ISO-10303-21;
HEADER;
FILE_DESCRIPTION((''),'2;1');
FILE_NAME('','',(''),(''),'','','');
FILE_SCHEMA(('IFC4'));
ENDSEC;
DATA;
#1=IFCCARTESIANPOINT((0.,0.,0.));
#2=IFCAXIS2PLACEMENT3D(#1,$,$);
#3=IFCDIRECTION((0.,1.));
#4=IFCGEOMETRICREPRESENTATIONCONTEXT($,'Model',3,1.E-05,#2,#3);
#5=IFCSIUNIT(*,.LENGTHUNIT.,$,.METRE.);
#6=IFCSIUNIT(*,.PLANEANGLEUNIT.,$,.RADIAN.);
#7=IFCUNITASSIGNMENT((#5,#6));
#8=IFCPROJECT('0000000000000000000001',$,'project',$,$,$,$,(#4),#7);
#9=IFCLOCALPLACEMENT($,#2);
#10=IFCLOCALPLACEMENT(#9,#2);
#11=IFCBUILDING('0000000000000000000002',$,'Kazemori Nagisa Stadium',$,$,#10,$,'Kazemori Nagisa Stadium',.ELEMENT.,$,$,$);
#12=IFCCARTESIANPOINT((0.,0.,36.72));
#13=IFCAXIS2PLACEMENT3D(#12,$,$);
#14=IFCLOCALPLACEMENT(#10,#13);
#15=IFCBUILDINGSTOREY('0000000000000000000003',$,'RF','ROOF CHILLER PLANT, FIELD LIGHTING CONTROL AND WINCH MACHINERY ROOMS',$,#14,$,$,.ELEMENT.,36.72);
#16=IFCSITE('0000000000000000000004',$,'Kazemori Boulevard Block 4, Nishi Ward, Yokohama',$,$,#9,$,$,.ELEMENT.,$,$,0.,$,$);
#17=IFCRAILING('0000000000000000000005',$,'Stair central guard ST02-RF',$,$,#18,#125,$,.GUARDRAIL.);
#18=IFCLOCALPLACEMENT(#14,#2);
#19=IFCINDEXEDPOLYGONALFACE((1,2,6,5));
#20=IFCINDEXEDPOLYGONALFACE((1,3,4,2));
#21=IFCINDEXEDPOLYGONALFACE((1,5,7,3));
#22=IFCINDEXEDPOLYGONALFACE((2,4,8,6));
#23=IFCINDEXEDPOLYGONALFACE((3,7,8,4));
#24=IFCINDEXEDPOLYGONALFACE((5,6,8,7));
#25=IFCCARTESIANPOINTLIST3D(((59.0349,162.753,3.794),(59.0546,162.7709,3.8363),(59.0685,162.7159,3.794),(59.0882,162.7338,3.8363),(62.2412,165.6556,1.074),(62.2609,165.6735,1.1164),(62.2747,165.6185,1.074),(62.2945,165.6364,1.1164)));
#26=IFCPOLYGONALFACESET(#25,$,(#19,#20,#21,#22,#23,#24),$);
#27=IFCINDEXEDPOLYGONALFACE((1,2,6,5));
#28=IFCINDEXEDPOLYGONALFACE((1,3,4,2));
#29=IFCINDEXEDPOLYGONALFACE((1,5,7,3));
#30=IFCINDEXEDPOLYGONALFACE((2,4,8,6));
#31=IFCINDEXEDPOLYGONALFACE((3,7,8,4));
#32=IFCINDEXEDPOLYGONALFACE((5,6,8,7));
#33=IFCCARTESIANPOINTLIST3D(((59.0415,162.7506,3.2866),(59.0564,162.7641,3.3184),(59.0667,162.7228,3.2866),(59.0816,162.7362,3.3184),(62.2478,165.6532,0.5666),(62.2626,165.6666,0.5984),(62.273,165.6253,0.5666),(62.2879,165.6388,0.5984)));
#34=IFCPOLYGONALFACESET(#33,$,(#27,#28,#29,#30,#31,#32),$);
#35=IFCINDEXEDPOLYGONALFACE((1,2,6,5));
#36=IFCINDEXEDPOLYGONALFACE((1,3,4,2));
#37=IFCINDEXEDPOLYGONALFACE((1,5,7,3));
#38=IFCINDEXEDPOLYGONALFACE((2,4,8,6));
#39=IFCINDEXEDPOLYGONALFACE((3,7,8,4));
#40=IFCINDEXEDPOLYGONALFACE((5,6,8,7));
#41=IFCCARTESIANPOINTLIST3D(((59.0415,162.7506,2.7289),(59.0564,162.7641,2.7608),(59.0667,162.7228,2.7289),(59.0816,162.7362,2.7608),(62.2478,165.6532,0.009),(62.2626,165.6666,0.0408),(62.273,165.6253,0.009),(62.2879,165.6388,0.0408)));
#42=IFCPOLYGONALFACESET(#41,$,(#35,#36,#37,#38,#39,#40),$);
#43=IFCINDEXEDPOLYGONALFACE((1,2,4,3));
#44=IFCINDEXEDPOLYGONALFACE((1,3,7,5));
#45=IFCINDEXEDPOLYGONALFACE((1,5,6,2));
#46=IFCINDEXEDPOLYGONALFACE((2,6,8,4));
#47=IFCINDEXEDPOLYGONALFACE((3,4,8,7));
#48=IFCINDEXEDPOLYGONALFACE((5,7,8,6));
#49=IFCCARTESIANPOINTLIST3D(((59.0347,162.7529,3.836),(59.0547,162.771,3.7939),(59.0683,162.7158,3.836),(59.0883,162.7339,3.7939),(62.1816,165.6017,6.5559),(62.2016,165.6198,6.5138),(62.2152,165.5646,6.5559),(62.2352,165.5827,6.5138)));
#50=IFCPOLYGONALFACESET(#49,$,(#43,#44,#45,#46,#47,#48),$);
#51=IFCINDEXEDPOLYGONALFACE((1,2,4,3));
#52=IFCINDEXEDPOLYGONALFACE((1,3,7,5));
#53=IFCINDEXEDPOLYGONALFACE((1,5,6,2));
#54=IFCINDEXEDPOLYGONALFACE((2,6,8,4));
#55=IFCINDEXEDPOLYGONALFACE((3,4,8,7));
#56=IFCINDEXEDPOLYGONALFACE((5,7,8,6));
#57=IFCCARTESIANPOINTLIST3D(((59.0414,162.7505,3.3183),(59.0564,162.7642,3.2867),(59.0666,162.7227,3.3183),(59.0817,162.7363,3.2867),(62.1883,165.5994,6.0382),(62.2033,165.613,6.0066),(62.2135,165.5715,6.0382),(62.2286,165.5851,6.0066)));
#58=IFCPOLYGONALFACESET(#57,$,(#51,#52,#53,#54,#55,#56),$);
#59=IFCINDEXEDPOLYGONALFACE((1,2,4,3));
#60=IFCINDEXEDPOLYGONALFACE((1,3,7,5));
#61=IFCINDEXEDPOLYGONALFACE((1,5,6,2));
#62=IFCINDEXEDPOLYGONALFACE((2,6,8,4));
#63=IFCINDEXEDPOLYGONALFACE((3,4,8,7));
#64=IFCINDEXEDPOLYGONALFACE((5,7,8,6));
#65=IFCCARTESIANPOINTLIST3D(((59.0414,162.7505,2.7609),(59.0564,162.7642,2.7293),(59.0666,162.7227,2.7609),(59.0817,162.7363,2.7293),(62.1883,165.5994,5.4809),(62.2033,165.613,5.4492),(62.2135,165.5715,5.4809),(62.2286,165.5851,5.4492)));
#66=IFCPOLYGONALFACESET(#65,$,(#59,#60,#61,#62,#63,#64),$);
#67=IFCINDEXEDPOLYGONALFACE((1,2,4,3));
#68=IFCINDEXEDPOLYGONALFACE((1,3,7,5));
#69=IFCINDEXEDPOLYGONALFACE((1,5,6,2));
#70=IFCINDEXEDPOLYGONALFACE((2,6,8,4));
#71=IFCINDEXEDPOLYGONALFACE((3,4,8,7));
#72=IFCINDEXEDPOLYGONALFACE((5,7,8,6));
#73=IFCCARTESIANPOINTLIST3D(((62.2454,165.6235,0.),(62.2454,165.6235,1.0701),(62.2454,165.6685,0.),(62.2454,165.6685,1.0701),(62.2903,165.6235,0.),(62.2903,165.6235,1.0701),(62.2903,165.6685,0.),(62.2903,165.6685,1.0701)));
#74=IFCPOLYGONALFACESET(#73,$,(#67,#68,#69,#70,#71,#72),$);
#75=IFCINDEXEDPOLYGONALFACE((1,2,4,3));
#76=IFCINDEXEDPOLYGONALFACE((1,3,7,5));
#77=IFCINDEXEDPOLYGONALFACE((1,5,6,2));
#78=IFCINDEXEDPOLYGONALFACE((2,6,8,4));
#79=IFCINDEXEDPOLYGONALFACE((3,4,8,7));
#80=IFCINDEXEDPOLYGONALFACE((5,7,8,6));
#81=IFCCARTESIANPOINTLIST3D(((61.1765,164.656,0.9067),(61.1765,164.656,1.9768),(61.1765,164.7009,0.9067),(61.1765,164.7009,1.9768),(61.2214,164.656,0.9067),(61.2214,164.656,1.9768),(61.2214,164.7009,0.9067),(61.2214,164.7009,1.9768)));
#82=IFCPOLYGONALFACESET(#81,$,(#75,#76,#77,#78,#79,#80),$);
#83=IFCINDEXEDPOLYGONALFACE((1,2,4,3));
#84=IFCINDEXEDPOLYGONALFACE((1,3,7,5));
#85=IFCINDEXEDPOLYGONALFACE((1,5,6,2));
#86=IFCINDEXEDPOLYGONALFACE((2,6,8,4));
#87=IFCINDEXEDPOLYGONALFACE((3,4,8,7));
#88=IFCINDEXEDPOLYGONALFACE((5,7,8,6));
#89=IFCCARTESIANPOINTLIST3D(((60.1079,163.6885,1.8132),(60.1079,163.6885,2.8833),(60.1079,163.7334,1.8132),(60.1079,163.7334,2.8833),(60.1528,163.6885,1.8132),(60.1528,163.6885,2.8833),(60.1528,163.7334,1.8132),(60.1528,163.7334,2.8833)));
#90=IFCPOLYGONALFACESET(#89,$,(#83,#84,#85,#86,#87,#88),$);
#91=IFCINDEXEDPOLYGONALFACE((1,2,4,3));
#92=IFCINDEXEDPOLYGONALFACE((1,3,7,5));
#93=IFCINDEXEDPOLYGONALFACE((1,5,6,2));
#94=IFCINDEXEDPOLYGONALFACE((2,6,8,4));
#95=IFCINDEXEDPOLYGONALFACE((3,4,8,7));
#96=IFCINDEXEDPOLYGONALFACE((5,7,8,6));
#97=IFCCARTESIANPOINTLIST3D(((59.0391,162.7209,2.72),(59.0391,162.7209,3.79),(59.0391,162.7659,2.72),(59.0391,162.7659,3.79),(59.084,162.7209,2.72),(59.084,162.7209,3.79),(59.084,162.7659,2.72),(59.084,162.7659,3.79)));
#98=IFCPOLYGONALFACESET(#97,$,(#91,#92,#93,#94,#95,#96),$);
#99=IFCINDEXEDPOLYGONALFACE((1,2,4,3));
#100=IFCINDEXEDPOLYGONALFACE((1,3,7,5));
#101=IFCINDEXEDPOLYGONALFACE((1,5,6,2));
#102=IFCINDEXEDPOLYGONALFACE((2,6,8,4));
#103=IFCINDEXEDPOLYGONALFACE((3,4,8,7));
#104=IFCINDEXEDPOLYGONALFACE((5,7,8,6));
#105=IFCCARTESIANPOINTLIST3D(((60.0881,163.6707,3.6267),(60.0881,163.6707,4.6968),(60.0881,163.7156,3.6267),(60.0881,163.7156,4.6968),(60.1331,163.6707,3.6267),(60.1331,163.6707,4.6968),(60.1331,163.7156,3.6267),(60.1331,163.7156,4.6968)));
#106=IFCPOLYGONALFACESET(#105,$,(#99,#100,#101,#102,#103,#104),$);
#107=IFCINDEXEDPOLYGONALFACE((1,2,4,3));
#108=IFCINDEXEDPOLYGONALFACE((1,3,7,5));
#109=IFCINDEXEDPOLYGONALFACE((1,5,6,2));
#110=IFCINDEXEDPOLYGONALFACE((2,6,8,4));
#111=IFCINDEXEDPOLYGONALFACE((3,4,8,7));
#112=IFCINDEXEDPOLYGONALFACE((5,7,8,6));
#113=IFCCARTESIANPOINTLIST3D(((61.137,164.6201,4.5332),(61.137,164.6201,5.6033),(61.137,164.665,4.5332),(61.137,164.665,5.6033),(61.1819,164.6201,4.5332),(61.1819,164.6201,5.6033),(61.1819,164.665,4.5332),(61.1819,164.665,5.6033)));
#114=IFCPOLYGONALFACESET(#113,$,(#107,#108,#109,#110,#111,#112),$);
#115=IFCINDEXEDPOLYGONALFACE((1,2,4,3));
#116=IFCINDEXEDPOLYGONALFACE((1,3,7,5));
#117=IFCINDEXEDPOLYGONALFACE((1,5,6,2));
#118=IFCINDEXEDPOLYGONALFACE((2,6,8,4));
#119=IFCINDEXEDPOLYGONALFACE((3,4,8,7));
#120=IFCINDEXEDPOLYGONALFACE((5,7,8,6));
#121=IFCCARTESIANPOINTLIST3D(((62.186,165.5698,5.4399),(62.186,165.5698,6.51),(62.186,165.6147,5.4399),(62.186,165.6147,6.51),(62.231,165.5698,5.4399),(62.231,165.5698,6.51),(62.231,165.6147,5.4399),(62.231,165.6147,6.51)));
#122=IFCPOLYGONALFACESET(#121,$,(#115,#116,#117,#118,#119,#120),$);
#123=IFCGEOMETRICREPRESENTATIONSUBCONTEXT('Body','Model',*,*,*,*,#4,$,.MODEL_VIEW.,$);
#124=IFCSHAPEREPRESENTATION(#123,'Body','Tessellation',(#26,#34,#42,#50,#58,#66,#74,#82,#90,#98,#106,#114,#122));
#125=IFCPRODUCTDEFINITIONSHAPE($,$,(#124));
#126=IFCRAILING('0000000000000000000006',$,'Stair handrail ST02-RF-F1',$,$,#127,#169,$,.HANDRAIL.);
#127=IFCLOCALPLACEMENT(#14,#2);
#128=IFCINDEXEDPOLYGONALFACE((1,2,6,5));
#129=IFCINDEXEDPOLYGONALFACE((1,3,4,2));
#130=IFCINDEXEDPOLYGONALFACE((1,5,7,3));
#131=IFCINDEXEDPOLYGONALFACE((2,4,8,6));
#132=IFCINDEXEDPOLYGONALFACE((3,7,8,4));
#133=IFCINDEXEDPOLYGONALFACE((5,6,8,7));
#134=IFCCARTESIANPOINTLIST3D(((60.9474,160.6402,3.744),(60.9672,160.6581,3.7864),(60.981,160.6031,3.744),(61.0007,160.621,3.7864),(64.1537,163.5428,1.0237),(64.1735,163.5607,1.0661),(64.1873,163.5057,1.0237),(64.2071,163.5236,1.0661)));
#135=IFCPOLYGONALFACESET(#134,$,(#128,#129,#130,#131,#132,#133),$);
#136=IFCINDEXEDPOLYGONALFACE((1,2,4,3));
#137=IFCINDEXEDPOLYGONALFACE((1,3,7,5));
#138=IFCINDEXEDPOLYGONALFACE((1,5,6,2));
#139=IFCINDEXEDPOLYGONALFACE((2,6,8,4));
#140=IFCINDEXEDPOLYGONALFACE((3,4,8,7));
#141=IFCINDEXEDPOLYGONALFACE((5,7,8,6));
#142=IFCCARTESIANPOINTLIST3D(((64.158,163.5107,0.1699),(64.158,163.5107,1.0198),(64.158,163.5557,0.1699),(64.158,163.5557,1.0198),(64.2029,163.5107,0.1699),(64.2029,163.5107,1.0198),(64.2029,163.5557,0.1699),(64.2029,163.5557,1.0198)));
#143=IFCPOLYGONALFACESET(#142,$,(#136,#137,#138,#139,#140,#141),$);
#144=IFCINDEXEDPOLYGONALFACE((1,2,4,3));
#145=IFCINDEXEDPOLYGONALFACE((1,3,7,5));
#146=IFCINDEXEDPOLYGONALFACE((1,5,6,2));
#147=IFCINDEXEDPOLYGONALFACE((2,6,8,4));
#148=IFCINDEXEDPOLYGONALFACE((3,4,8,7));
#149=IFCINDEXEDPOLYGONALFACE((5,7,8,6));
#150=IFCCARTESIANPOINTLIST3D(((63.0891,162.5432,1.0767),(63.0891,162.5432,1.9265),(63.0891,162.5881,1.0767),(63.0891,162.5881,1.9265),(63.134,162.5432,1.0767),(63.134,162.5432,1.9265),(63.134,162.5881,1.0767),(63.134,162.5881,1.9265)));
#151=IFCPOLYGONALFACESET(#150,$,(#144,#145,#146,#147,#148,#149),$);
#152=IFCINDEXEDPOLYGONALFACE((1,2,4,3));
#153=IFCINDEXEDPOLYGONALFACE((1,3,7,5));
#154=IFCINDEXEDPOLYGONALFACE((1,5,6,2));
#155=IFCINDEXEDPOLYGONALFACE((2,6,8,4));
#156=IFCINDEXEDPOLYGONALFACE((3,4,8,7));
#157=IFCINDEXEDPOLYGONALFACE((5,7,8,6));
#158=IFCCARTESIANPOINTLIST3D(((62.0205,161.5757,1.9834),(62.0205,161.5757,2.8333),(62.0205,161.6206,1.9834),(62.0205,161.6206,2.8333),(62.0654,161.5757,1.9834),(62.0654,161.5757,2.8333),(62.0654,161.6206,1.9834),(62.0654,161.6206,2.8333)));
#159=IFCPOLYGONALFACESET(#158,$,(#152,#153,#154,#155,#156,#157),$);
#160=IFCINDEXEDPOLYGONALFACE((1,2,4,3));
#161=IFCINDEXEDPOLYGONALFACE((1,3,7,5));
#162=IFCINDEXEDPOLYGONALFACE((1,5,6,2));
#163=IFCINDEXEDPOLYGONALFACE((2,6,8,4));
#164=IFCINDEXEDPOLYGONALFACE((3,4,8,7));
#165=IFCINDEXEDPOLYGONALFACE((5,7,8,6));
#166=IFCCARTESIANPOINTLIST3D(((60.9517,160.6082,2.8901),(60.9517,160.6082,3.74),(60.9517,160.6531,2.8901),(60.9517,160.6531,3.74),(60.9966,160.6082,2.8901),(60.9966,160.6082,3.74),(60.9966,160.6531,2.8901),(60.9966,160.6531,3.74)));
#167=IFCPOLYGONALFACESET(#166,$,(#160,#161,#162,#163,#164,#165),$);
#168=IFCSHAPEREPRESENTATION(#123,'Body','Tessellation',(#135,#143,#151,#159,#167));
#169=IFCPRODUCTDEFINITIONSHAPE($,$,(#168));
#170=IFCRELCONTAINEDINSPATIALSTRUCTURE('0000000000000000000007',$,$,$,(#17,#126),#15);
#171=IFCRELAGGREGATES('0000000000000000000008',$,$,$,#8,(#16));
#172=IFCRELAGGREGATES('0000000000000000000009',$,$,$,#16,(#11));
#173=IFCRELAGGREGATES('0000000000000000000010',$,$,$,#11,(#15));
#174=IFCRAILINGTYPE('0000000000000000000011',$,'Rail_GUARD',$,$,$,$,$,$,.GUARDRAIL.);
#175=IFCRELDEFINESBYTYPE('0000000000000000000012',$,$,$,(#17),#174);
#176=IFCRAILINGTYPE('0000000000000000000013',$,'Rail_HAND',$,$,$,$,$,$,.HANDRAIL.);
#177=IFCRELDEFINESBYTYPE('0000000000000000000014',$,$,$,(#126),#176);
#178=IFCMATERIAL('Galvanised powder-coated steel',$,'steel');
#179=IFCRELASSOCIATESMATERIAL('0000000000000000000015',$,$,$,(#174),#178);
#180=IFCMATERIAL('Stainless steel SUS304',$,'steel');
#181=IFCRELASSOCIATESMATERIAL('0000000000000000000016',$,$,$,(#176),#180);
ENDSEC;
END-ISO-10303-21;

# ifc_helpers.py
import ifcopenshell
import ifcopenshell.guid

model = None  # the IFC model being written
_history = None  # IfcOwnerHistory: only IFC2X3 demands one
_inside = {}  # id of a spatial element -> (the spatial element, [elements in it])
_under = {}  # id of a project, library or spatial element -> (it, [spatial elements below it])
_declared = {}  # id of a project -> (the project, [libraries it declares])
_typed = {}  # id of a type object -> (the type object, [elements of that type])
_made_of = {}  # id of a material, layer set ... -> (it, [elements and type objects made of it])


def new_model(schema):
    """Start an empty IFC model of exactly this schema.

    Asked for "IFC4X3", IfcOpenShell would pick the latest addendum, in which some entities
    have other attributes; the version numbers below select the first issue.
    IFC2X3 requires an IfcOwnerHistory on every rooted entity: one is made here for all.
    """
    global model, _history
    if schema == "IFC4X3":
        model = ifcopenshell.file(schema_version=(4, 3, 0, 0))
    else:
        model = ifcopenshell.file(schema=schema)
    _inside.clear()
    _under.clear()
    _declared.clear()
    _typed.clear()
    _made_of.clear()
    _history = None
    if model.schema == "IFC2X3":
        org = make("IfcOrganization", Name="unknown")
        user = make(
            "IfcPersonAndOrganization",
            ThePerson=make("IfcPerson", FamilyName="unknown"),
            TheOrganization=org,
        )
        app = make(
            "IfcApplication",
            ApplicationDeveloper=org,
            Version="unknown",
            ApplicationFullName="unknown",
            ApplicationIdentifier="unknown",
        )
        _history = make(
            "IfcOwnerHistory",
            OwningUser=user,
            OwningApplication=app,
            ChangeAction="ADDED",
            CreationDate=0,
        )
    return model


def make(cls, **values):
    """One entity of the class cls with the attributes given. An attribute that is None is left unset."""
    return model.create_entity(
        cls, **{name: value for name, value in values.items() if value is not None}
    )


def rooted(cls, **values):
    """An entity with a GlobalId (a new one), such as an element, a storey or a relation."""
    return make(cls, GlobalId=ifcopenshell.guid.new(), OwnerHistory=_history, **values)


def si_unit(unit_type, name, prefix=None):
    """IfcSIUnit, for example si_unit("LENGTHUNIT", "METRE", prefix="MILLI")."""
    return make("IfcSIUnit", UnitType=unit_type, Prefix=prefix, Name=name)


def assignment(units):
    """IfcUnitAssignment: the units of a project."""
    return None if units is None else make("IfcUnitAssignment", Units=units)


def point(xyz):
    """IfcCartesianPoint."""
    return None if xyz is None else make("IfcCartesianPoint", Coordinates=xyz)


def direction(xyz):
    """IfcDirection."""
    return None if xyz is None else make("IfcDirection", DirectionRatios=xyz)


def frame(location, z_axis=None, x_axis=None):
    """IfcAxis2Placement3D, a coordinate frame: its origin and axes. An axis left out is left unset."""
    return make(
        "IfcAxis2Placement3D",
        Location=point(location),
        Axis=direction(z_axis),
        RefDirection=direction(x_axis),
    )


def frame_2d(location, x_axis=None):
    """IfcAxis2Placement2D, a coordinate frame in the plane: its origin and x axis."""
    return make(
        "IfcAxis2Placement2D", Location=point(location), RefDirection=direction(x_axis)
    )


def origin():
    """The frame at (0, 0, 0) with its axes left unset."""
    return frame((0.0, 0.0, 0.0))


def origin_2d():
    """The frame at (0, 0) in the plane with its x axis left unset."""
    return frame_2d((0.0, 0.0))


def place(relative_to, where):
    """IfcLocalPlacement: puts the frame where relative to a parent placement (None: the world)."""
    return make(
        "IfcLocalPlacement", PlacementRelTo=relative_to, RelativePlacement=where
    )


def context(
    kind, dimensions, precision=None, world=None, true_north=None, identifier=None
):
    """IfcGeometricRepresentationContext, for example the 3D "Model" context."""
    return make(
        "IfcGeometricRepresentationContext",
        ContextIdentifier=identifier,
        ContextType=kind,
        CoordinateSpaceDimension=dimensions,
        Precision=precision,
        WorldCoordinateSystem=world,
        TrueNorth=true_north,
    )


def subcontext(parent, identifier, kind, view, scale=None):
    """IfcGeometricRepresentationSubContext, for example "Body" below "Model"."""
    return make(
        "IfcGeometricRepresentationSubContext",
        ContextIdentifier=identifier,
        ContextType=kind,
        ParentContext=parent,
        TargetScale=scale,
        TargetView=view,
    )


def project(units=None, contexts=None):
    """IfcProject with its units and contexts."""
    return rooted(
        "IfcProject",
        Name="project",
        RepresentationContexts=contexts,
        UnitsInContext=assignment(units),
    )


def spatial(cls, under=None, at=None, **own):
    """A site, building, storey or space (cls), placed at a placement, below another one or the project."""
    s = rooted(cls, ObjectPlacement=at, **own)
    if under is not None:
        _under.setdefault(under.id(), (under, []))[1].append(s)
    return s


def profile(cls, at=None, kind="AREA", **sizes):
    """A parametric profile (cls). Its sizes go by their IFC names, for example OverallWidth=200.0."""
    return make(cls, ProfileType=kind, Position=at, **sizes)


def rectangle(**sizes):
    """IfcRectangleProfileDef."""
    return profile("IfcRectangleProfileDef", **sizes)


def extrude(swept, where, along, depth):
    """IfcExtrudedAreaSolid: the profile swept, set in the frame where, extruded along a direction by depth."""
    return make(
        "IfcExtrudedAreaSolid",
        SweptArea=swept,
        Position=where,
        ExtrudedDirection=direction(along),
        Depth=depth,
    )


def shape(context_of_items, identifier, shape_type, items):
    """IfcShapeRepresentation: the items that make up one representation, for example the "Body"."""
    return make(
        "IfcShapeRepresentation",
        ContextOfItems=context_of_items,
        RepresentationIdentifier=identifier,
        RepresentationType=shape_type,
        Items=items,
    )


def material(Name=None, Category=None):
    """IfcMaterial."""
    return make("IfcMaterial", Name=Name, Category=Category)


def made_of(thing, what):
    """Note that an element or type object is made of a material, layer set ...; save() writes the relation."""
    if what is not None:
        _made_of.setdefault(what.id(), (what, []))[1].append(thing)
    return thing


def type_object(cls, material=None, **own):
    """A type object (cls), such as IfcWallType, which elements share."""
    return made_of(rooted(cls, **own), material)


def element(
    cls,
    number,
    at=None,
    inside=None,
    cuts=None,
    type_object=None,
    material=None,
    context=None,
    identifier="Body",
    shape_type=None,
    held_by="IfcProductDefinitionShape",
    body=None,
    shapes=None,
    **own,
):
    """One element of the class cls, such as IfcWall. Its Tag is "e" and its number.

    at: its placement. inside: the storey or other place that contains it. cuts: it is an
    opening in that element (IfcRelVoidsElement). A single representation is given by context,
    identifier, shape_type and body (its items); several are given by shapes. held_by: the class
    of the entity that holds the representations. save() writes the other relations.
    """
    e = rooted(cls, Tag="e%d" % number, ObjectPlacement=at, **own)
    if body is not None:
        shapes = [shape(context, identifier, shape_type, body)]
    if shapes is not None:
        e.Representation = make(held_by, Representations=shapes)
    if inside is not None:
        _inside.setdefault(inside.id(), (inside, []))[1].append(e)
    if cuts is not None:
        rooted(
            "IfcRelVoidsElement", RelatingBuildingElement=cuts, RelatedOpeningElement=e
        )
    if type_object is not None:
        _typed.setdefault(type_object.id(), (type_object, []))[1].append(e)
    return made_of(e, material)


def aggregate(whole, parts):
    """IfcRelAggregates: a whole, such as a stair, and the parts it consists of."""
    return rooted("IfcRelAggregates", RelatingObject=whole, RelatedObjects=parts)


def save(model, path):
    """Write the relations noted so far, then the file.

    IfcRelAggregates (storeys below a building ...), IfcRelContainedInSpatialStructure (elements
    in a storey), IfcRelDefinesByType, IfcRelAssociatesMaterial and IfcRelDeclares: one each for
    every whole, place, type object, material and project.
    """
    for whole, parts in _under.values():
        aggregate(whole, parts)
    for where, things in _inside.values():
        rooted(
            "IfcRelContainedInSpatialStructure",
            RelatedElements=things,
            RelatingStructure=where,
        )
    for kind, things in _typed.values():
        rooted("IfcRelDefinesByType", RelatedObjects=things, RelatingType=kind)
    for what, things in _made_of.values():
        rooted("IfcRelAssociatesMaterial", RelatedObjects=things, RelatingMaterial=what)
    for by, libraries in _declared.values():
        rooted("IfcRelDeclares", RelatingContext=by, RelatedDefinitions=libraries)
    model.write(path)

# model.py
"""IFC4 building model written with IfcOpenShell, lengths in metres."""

from ifc_helpers import new_model, si_unit, direction, frame, origin, origin_2d, place, context, subcontext, project, spatial, rectangle, extrude, material, type_object, element, save


model = new_model("IFC4")

# Units and contexts
model_context = context("Model", 3, precision=1e-05, world=origin(), true_north=direction((0.0, 1.0)))
body_context = subcontext(model_context, "Body", "Model", "MODEL_VIEW")
ifc_project = project(units=[si_unit("LENGTHUNIT", "METRE"), si_unit("PLANEANGLEUNIT", "RADIAN")], contexts=[model_context])

# Site, building, storey
site_placement = place(None, origin())
site = spatial("IfcSite", under=ifc_project, at=site_placement, Name="Kazemori Boulevard Block 4, Nishi Ward, Yokohama", CompositionType="ELEMENT", RefElevation=0.0)
building_placement = place(site_placement, origin())
building = spatial("IfcBuilding", under=site, at=building_placement, Name="Kazemori Nagisa Stadium", LongName="Kazemori Nagisa Stadium", CompositionType="ELEMENT")
storey_placement = place(building_placement, frame((0.0, 0.0, 36.72)))
storey = spatial("IfcBuildingStorey", under=building, at=storey_placement, Name="RF", Description="ROOF CHILLER PLANT, FIELD LIGHTING CONTROL AND WINCH MACHINERY ROOMS", CompositionType="ELEMENT", Elevation=36.72)

# Railings
ifc_material_1 = material(Name="Galvanised powder-coated steel", Category="steel")
railing_type_1 = type_object("IfcRailingType", Name="Rail_GUARD", PredefinedType="GUARDRAIL", material=ifc_material_1)
railing_1_placement = place(storey_placement, frame((62.2678, 165.646, 0.0)))
element("IfcRailing", 1, at=railing_1_placement, inside=storey, type_object=railing_type_1, Name="Stair central guard ST02-RF", PredefinedType="GUARDRAIL", context=body_context, shape_type="SweptSolid", body=[
    extrude(rectangle(XDim=0.05, YDim=0.05, at=origin_2d()), frame((0.0, 0.0, 1.0952), z_axis=(-0.627558, -0.568113, 0.53237), x_axis=(0.671123, -0.741346, 0.0)), (0.0, 0.0, 1.0), 5.1091),
    extrude(rectangle(XDim=0.0376, YDim=0.0376, at=origin_2d()), frame((0.0, 0.0, 0.5825), z_axis=(-0.627558, -0.568113, 0.53237), x_axis=(0.671123, -0.741346, 0.0)), (0.0, 0.0, 1.0), 5.1091),
    extrude(rectangle(XDim=0.0376, YDim=0.0376, at=origin_2d()), frame((0.0, 0.0, 0.0249), z_axis=(-0.627558, -0.568113, 0.53237), x_axis=(0.671123, -0.741346, 0.0)), (0.0, 0.0, 1.0), 5.1091),
    extrude(rectangle(XDim=0.05, YDim=0.05, at=origin_2d()), frame((-3.2063, -2.9026, 3.8149), z_axis=(0.624201, 0.565073, 0.539505), x_axis=(-0.671123, 0.741346, 0.0)), (0.0, 0.0, 1.0), 5.0415),
    extrude(rectangle(XDim=0.0376, YDim=0.0376, at=origin_2d()), frame((-3.2063, -2.9026, 3.3025), z_axis=(0.624201, 0.565073, 0.539505), x_axis=(-0.671123, 0.741346, 0.0)), (0.0, 0.0, 1.0), 5.0415),
    extrude(rectangle(XDim=0.0376, YDim=0.0376, at=origin_2d()), frame((-3.2063, -2.9026, 2.7451), z_axis=(0.624201, 0.565073, 0.539505), x_axis=(-0.671123, 0.741346, 0.0)), (0.0, 0.0, 1.0), 5.0415),
    extrude(rectangle(XDim=0.0449, YDim=0.0449, at=origin_2d()), origin(), (0.0, 0.0, 1.0), 1.0701),
    extrude(rectangle(XDim=0.0449, YDim=0.0449, at=origin_2d()), frame((-1.0688, -0.9675, 0.9067)), (0.0, 0.0, 1.0), 1.0701),
    extrude(rectangle(XDim=0.0449, YDim=0.0449, at=origin_2d()), frame((-2.1375, -1.9351, 1.8132)), (0.0, 0.0, 1.0), 1.0701),
    extrude(rectangle(XDim=0.0449, YDim=0.0449, at=origin_2d()), frame((-3.2063, -2.9026, 2.72)), (0.0, 0.0, 1.0), 1.0701),
    extrude(rectangle(XDim=0.0449, YDim=0.0449, at=origin_2d()), frame((-2.1572, -1.9529, 3.6267)), (0.0, 0.0, 1.0), 1.0701),
    extrude(rectangle(XDim=0.0449, YDim=0.0449, at=origin_2d()), frame((-1.1084, -1.0034, 4.5332)), (0.0, 0.0, 1.0), 1.0701),
    extrude(rectangle(XDim=0.0449, YDim=0.0449, at=origin_2d()), frame((-0.0593, -0.0537, 5.4399)), (0.0, 0.0, 1.0), 1.0701),
])
ifc_material_2 = material(Name="Stainless steel SUS304", Category="steel")
railing_type_2 = type_object("IfcRailingType", Name="Rail_HAND", PredefinedType="HANDRAIL", material=ifc_material_2)
railing_2_placement = place(storey_placement, frame((64.1804, 163.5332, 0.1699)))
element("IfcRailing", 2, at=railing_2_placement, inside=storey, type_object=railing_type_2, Name="Stair handrail ST02-RF-F1", PredefinedType="HANDRAIL", context=body_context, shape_type="SweptSolid", body=[
    extrude(rectangle(XDim=0.05, YDim=0.05, at=origin_2d()), frame((0.0, 0.0, 0.875), z_axis=(-0.627542, -0.568099, 0.532405), x_axis=(0.671123, -0.741346, 0.0)), (0.0, 0.0, 1.0), 5.1094),
    extrude(rectangle(XDim=0.0449, YDim=0.0449, at=origin_2d()), origin(), (0.0, 0.0, 1.0), 0.8499),
    extrude(rectangle(XDim=0.0449, YDim=0.0449, at=origin_2d()), frame((-1.0688, -0.9675, 0.9067)), (0.0, 0.0, 1.0), 0.8499),
    extrude(rectangle(XDim=0.0449, YDim=0.0449, at=origin_2d()), frame((-2.1375, -1.9351, 1.8135)), (0.0, 0.0, 1.0), 0.8499),
    extrude(rectangle(XDim=0.0449, YDim=0.0449, at=origin_2d()), frame((-3.2063, -2.9026, 2.7202)), (0.0, 0.0, 1.0), 0.8499),
])

save(model, "model.ifc")
